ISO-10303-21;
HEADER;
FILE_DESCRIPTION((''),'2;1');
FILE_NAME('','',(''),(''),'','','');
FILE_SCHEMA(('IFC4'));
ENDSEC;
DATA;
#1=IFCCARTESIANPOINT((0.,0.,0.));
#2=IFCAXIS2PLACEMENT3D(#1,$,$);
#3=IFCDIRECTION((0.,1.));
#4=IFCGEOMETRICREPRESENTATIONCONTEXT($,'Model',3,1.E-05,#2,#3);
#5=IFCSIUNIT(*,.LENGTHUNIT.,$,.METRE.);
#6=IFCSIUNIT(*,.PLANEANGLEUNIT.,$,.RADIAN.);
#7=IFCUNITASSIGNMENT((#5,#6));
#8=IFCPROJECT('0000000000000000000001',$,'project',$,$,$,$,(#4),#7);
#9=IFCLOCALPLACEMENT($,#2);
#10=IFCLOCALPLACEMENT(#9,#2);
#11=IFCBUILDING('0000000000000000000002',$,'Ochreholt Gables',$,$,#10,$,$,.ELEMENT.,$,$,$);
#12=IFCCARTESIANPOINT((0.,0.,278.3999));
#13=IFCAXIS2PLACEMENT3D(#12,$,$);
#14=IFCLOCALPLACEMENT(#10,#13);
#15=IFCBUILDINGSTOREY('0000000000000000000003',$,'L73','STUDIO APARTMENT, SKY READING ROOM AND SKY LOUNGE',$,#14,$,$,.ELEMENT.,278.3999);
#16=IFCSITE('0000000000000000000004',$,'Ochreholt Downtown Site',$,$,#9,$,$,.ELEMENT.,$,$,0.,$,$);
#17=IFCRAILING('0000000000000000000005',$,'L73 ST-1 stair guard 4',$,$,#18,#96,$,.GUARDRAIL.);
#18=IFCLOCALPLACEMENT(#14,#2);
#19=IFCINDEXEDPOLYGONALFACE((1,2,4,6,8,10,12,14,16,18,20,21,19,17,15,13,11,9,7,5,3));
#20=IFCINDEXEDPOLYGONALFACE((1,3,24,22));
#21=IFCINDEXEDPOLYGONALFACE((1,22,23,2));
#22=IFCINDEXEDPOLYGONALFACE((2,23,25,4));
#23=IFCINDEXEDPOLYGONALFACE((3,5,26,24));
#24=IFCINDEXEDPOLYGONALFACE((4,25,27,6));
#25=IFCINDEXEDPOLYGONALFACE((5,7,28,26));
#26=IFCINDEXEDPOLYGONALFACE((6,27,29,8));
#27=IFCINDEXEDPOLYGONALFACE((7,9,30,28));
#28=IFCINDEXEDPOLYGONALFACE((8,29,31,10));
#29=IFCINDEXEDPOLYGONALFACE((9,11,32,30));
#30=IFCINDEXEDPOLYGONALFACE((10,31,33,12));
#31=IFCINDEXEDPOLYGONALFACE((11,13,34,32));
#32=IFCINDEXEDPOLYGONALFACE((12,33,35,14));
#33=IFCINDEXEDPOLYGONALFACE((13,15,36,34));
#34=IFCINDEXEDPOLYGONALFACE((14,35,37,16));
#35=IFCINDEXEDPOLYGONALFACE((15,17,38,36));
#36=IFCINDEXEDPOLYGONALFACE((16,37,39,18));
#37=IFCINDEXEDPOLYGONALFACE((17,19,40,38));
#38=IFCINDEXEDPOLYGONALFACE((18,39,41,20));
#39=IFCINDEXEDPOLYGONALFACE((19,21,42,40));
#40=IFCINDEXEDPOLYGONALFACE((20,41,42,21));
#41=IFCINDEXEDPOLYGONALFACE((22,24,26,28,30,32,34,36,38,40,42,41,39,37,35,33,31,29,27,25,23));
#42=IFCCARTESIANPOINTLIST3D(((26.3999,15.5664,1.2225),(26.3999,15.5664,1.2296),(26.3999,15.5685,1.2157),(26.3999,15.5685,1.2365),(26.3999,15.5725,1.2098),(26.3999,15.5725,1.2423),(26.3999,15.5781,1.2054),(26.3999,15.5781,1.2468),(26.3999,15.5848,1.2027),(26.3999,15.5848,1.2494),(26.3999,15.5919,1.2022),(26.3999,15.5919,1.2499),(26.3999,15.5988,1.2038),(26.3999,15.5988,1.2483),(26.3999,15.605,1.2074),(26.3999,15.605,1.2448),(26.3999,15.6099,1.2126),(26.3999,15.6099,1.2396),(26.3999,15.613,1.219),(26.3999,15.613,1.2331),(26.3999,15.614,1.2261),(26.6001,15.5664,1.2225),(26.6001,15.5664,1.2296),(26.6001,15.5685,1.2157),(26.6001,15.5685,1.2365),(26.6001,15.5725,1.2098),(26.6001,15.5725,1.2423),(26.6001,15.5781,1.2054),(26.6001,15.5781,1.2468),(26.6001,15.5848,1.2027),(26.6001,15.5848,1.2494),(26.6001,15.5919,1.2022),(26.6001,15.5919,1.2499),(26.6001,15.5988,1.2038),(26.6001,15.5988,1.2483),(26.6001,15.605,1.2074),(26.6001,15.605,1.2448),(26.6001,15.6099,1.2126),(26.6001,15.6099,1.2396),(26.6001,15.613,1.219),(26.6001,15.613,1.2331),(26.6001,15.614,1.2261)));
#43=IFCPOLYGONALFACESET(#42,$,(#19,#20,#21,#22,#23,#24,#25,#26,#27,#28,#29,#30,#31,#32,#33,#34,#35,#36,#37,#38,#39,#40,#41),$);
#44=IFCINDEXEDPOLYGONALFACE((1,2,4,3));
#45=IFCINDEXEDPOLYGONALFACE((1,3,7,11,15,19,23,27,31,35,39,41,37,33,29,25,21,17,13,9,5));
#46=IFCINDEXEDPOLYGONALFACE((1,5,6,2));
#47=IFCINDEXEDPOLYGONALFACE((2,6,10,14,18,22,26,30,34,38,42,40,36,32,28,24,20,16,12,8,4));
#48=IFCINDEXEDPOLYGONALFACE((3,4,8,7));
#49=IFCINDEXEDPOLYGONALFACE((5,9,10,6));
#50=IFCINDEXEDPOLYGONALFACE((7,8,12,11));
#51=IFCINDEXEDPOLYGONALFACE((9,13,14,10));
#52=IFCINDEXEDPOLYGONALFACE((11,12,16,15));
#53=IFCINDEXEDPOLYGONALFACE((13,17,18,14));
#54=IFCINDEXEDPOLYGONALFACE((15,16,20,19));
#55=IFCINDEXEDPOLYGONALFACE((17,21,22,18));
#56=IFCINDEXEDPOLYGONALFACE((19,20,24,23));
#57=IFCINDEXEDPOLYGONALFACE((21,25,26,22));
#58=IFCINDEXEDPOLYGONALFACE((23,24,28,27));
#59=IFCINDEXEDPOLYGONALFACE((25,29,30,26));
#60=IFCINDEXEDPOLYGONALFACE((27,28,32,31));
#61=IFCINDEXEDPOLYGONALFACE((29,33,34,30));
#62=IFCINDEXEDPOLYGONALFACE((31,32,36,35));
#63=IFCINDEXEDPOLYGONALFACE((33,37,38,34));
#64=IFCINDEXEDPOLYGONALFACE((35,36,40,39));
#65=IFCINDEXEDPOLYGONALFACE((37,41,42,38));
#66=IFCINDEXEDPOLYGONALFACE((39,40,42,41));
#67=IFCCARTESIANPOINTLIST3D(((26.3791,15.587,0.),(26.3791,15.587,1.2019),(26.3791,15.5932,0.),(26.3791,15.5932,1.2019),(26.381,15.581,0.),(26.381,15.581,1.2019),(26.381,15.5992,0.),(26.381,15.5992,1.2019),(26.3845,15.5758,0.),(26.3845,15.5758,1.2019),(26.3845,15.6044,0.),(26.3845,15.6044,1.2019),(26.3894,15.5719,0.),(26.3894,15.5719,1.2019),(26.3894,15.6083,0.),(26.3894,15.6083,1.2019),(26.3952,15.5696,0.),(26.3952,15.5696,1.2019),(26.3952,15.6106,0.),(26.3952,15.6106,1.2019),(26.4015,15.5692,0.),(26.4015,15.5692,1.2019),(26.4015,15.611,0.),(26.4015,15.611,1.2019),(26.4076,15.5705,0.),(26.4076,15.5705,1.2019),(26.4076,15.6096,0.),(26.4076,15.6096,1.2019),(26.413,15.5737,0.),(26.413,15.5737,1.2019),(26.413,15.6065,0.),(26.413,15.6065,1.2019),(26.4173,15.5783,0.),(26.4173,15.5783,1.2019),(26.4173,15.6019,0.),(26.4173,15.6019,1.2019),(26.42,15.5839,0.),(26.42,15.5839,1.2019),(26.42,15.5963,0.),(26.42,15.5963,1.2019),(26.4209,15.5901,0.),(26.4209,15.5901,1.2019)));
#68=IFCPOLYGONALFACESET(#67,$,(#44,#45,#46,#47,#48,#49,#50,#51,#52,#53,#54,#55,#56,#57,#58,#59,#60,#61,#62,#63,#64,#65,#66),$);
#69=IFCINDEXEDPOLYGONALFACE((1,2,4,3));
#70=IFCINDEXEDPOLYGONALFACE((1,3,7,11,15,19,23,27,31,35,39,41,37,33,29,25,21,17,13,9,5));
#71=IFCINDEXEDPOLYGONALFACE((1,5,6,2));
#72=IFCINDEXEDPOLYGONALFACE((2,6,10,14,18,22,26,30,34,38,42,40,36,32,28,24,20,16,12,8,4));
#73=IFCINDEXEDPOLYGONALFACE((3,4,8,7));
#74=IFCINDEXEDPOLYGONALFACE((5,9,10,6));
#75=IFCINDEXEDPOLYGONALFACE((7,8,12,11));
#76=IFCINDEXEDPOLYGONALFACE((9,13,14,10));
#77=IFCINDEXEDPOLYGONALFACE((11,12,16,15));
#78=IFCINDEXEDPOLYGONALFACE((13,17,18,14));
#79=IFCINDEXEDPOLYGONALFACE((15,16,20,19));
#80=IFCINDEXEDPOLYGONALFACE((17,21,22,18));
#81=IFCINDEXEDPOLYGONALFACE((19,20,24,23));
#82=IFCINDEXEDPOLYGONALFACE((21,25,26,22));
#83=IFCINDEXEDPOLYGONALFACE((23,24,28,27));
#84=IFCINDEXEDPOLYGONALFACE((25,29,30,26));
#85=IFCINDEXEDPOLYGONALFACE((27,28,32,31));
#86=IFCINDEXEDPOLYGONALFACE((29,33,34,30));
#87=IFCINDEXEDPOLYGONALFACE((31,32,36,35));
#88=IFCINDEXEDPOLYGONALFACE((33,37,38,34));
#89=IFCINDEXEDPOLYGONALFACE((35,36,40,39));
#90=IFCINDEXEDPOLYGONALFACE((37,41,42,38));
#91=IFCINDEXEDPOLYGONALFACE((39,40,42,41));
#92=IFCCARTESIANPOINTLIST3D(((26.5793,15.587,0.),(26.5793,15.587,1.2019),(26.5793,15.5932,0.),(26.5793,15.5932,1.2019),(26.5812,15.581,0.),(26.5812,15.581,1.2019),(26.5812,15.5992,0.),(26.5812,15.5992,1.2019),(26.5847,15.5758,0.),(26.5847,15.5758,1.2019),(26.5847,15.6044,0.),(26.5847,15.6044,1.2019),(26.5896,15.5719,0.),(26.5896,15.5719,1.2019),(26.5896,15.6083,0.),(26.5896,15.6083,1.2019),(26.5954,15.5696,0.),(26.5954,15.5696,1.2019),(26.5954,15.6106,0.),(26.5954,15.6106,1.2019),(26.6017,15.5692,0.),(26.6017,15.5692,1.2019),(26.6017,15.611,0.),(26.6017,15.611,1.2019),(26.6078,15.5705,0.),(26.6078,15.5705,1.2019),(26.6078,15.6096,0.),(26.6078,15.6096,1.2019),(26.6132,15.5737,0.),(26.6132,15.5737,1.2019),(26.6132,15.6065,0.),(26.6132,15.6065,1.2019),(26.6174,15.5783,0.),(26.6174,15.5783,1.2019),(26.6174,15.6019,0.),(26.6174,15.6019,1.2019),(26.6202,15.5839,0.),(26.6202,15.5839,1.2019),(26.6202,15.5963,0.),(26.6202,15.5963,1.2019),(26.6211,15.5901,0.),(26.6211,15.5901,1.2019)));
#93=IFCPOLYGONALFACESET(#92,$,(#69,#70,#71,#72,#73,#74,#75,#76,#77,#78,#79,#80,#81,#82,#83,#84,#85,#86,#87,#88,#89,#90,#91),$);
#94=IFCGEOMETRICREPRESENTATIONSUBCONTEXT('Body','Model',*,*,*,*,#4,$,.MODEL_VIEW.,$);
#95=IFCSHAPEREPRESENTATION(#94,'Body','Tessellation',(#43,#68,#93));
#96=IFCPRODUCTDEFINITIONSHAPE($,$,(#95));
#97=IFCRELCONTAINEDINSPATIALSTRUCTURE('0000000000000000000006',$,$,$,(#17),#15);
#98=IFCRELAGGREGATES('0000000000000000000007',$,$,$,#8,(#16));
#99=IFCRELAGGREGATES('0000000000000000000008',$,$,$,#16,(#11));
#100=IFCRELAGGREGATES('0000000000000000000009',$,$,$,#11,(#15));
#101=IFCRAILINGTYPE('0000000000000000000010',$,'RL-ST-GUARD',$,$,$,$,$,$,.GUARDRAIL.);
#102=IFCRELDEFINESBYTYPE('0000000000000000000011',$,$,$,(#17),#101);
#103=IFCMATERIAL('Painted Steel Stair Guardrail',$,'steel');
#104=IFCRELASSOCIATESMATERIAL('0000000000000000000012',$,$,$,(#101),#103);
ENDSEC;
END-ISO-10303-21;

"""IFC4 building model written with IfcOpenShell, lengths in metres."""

from ifc_helpers import new_model, si_unit, direction, frame, origin, origin_2d, place, context, subcontext, project, spatial, circle, extrude, material, type_object, element, save


model = new_model("IFC4")

# Units and contexts
model_context = context("Model", 3, precision=1e-05, world=origin(), true_north=direction((0.0, 1.0)))
body_context = subcontext(model_context, "Body", "Model", "MODEL_VIEW")
ifc_project = project(units=[si_unit("LENGTHUNIT", "METRE"), si_unit("PLANEANGLEUNIT", "RADIAN")], contexts=[model_context])

# Site, building, storey
site_placement = place(None, origin())
site = spatial("IfcSite", under=ifc_project, at=site_placement, Name="Ochreholt Downtown Site", CompositionType="ELEMENT", RefElevation=0.0)
building_placement = place(site_placement, origin())
building = spatial("IfcBuilding", under=site, at=building_placement, Name="Ochreholt Gables", CompositionType="ELEMENT")
storey_placement = place(building_placement, frame((0.0, 0.0, 278.3999)))
storey = spatial("IfcBuildingStorey", under=building, at=storey_placement, Name="L73", Description="STUDIO APARTMENT, SKY READING ROOM AND SKY LOUNGE", CompositionType="ELEMENT", Elevation=278.3999)

# Railing
ifc_material_1 = material(Name="Painted Steel Stair Guardrail", Category="steel")
railing_type_1 = type_object("IfcRailingType", Name="RL-ST-GUARD", PredefinedType="GUARDRAIL", material=ifc_material_1)
railing_1_placement = place(storey_placement, frame((26.3999, 15.5901, 0.0)))
element("IfcRailing", 1, at=railing_1_placement, inside=storey, type_object=railing_type_1, Name="L73 ST-1 stair guard 4", PredefinedType="GUARDRAIL", context=body_context, shape_type="SweptSolid", body=[
    extrude(circle(Radius=0.0239, at=origin_2d()), frame((0.0, 0.0, 1.2261), z_axis=(1.0, 0.0, 0.0), x_axis=(0.0, 1.0, 0.0)), (0.0, 0.0, 1.0), 0.2002),
    extrude(circle(Radius=0.021, at=origin_2d()), origin(), (0.0, 0.0, 1.0), 1.2019),
    extrude(circle(Radius=0.021, at=origin_2d()), frame((0.2002, 0.0, 0.0)), (0.0, 0.0, 1.0), 1.2019),
])

save(model, "model.ifc")
